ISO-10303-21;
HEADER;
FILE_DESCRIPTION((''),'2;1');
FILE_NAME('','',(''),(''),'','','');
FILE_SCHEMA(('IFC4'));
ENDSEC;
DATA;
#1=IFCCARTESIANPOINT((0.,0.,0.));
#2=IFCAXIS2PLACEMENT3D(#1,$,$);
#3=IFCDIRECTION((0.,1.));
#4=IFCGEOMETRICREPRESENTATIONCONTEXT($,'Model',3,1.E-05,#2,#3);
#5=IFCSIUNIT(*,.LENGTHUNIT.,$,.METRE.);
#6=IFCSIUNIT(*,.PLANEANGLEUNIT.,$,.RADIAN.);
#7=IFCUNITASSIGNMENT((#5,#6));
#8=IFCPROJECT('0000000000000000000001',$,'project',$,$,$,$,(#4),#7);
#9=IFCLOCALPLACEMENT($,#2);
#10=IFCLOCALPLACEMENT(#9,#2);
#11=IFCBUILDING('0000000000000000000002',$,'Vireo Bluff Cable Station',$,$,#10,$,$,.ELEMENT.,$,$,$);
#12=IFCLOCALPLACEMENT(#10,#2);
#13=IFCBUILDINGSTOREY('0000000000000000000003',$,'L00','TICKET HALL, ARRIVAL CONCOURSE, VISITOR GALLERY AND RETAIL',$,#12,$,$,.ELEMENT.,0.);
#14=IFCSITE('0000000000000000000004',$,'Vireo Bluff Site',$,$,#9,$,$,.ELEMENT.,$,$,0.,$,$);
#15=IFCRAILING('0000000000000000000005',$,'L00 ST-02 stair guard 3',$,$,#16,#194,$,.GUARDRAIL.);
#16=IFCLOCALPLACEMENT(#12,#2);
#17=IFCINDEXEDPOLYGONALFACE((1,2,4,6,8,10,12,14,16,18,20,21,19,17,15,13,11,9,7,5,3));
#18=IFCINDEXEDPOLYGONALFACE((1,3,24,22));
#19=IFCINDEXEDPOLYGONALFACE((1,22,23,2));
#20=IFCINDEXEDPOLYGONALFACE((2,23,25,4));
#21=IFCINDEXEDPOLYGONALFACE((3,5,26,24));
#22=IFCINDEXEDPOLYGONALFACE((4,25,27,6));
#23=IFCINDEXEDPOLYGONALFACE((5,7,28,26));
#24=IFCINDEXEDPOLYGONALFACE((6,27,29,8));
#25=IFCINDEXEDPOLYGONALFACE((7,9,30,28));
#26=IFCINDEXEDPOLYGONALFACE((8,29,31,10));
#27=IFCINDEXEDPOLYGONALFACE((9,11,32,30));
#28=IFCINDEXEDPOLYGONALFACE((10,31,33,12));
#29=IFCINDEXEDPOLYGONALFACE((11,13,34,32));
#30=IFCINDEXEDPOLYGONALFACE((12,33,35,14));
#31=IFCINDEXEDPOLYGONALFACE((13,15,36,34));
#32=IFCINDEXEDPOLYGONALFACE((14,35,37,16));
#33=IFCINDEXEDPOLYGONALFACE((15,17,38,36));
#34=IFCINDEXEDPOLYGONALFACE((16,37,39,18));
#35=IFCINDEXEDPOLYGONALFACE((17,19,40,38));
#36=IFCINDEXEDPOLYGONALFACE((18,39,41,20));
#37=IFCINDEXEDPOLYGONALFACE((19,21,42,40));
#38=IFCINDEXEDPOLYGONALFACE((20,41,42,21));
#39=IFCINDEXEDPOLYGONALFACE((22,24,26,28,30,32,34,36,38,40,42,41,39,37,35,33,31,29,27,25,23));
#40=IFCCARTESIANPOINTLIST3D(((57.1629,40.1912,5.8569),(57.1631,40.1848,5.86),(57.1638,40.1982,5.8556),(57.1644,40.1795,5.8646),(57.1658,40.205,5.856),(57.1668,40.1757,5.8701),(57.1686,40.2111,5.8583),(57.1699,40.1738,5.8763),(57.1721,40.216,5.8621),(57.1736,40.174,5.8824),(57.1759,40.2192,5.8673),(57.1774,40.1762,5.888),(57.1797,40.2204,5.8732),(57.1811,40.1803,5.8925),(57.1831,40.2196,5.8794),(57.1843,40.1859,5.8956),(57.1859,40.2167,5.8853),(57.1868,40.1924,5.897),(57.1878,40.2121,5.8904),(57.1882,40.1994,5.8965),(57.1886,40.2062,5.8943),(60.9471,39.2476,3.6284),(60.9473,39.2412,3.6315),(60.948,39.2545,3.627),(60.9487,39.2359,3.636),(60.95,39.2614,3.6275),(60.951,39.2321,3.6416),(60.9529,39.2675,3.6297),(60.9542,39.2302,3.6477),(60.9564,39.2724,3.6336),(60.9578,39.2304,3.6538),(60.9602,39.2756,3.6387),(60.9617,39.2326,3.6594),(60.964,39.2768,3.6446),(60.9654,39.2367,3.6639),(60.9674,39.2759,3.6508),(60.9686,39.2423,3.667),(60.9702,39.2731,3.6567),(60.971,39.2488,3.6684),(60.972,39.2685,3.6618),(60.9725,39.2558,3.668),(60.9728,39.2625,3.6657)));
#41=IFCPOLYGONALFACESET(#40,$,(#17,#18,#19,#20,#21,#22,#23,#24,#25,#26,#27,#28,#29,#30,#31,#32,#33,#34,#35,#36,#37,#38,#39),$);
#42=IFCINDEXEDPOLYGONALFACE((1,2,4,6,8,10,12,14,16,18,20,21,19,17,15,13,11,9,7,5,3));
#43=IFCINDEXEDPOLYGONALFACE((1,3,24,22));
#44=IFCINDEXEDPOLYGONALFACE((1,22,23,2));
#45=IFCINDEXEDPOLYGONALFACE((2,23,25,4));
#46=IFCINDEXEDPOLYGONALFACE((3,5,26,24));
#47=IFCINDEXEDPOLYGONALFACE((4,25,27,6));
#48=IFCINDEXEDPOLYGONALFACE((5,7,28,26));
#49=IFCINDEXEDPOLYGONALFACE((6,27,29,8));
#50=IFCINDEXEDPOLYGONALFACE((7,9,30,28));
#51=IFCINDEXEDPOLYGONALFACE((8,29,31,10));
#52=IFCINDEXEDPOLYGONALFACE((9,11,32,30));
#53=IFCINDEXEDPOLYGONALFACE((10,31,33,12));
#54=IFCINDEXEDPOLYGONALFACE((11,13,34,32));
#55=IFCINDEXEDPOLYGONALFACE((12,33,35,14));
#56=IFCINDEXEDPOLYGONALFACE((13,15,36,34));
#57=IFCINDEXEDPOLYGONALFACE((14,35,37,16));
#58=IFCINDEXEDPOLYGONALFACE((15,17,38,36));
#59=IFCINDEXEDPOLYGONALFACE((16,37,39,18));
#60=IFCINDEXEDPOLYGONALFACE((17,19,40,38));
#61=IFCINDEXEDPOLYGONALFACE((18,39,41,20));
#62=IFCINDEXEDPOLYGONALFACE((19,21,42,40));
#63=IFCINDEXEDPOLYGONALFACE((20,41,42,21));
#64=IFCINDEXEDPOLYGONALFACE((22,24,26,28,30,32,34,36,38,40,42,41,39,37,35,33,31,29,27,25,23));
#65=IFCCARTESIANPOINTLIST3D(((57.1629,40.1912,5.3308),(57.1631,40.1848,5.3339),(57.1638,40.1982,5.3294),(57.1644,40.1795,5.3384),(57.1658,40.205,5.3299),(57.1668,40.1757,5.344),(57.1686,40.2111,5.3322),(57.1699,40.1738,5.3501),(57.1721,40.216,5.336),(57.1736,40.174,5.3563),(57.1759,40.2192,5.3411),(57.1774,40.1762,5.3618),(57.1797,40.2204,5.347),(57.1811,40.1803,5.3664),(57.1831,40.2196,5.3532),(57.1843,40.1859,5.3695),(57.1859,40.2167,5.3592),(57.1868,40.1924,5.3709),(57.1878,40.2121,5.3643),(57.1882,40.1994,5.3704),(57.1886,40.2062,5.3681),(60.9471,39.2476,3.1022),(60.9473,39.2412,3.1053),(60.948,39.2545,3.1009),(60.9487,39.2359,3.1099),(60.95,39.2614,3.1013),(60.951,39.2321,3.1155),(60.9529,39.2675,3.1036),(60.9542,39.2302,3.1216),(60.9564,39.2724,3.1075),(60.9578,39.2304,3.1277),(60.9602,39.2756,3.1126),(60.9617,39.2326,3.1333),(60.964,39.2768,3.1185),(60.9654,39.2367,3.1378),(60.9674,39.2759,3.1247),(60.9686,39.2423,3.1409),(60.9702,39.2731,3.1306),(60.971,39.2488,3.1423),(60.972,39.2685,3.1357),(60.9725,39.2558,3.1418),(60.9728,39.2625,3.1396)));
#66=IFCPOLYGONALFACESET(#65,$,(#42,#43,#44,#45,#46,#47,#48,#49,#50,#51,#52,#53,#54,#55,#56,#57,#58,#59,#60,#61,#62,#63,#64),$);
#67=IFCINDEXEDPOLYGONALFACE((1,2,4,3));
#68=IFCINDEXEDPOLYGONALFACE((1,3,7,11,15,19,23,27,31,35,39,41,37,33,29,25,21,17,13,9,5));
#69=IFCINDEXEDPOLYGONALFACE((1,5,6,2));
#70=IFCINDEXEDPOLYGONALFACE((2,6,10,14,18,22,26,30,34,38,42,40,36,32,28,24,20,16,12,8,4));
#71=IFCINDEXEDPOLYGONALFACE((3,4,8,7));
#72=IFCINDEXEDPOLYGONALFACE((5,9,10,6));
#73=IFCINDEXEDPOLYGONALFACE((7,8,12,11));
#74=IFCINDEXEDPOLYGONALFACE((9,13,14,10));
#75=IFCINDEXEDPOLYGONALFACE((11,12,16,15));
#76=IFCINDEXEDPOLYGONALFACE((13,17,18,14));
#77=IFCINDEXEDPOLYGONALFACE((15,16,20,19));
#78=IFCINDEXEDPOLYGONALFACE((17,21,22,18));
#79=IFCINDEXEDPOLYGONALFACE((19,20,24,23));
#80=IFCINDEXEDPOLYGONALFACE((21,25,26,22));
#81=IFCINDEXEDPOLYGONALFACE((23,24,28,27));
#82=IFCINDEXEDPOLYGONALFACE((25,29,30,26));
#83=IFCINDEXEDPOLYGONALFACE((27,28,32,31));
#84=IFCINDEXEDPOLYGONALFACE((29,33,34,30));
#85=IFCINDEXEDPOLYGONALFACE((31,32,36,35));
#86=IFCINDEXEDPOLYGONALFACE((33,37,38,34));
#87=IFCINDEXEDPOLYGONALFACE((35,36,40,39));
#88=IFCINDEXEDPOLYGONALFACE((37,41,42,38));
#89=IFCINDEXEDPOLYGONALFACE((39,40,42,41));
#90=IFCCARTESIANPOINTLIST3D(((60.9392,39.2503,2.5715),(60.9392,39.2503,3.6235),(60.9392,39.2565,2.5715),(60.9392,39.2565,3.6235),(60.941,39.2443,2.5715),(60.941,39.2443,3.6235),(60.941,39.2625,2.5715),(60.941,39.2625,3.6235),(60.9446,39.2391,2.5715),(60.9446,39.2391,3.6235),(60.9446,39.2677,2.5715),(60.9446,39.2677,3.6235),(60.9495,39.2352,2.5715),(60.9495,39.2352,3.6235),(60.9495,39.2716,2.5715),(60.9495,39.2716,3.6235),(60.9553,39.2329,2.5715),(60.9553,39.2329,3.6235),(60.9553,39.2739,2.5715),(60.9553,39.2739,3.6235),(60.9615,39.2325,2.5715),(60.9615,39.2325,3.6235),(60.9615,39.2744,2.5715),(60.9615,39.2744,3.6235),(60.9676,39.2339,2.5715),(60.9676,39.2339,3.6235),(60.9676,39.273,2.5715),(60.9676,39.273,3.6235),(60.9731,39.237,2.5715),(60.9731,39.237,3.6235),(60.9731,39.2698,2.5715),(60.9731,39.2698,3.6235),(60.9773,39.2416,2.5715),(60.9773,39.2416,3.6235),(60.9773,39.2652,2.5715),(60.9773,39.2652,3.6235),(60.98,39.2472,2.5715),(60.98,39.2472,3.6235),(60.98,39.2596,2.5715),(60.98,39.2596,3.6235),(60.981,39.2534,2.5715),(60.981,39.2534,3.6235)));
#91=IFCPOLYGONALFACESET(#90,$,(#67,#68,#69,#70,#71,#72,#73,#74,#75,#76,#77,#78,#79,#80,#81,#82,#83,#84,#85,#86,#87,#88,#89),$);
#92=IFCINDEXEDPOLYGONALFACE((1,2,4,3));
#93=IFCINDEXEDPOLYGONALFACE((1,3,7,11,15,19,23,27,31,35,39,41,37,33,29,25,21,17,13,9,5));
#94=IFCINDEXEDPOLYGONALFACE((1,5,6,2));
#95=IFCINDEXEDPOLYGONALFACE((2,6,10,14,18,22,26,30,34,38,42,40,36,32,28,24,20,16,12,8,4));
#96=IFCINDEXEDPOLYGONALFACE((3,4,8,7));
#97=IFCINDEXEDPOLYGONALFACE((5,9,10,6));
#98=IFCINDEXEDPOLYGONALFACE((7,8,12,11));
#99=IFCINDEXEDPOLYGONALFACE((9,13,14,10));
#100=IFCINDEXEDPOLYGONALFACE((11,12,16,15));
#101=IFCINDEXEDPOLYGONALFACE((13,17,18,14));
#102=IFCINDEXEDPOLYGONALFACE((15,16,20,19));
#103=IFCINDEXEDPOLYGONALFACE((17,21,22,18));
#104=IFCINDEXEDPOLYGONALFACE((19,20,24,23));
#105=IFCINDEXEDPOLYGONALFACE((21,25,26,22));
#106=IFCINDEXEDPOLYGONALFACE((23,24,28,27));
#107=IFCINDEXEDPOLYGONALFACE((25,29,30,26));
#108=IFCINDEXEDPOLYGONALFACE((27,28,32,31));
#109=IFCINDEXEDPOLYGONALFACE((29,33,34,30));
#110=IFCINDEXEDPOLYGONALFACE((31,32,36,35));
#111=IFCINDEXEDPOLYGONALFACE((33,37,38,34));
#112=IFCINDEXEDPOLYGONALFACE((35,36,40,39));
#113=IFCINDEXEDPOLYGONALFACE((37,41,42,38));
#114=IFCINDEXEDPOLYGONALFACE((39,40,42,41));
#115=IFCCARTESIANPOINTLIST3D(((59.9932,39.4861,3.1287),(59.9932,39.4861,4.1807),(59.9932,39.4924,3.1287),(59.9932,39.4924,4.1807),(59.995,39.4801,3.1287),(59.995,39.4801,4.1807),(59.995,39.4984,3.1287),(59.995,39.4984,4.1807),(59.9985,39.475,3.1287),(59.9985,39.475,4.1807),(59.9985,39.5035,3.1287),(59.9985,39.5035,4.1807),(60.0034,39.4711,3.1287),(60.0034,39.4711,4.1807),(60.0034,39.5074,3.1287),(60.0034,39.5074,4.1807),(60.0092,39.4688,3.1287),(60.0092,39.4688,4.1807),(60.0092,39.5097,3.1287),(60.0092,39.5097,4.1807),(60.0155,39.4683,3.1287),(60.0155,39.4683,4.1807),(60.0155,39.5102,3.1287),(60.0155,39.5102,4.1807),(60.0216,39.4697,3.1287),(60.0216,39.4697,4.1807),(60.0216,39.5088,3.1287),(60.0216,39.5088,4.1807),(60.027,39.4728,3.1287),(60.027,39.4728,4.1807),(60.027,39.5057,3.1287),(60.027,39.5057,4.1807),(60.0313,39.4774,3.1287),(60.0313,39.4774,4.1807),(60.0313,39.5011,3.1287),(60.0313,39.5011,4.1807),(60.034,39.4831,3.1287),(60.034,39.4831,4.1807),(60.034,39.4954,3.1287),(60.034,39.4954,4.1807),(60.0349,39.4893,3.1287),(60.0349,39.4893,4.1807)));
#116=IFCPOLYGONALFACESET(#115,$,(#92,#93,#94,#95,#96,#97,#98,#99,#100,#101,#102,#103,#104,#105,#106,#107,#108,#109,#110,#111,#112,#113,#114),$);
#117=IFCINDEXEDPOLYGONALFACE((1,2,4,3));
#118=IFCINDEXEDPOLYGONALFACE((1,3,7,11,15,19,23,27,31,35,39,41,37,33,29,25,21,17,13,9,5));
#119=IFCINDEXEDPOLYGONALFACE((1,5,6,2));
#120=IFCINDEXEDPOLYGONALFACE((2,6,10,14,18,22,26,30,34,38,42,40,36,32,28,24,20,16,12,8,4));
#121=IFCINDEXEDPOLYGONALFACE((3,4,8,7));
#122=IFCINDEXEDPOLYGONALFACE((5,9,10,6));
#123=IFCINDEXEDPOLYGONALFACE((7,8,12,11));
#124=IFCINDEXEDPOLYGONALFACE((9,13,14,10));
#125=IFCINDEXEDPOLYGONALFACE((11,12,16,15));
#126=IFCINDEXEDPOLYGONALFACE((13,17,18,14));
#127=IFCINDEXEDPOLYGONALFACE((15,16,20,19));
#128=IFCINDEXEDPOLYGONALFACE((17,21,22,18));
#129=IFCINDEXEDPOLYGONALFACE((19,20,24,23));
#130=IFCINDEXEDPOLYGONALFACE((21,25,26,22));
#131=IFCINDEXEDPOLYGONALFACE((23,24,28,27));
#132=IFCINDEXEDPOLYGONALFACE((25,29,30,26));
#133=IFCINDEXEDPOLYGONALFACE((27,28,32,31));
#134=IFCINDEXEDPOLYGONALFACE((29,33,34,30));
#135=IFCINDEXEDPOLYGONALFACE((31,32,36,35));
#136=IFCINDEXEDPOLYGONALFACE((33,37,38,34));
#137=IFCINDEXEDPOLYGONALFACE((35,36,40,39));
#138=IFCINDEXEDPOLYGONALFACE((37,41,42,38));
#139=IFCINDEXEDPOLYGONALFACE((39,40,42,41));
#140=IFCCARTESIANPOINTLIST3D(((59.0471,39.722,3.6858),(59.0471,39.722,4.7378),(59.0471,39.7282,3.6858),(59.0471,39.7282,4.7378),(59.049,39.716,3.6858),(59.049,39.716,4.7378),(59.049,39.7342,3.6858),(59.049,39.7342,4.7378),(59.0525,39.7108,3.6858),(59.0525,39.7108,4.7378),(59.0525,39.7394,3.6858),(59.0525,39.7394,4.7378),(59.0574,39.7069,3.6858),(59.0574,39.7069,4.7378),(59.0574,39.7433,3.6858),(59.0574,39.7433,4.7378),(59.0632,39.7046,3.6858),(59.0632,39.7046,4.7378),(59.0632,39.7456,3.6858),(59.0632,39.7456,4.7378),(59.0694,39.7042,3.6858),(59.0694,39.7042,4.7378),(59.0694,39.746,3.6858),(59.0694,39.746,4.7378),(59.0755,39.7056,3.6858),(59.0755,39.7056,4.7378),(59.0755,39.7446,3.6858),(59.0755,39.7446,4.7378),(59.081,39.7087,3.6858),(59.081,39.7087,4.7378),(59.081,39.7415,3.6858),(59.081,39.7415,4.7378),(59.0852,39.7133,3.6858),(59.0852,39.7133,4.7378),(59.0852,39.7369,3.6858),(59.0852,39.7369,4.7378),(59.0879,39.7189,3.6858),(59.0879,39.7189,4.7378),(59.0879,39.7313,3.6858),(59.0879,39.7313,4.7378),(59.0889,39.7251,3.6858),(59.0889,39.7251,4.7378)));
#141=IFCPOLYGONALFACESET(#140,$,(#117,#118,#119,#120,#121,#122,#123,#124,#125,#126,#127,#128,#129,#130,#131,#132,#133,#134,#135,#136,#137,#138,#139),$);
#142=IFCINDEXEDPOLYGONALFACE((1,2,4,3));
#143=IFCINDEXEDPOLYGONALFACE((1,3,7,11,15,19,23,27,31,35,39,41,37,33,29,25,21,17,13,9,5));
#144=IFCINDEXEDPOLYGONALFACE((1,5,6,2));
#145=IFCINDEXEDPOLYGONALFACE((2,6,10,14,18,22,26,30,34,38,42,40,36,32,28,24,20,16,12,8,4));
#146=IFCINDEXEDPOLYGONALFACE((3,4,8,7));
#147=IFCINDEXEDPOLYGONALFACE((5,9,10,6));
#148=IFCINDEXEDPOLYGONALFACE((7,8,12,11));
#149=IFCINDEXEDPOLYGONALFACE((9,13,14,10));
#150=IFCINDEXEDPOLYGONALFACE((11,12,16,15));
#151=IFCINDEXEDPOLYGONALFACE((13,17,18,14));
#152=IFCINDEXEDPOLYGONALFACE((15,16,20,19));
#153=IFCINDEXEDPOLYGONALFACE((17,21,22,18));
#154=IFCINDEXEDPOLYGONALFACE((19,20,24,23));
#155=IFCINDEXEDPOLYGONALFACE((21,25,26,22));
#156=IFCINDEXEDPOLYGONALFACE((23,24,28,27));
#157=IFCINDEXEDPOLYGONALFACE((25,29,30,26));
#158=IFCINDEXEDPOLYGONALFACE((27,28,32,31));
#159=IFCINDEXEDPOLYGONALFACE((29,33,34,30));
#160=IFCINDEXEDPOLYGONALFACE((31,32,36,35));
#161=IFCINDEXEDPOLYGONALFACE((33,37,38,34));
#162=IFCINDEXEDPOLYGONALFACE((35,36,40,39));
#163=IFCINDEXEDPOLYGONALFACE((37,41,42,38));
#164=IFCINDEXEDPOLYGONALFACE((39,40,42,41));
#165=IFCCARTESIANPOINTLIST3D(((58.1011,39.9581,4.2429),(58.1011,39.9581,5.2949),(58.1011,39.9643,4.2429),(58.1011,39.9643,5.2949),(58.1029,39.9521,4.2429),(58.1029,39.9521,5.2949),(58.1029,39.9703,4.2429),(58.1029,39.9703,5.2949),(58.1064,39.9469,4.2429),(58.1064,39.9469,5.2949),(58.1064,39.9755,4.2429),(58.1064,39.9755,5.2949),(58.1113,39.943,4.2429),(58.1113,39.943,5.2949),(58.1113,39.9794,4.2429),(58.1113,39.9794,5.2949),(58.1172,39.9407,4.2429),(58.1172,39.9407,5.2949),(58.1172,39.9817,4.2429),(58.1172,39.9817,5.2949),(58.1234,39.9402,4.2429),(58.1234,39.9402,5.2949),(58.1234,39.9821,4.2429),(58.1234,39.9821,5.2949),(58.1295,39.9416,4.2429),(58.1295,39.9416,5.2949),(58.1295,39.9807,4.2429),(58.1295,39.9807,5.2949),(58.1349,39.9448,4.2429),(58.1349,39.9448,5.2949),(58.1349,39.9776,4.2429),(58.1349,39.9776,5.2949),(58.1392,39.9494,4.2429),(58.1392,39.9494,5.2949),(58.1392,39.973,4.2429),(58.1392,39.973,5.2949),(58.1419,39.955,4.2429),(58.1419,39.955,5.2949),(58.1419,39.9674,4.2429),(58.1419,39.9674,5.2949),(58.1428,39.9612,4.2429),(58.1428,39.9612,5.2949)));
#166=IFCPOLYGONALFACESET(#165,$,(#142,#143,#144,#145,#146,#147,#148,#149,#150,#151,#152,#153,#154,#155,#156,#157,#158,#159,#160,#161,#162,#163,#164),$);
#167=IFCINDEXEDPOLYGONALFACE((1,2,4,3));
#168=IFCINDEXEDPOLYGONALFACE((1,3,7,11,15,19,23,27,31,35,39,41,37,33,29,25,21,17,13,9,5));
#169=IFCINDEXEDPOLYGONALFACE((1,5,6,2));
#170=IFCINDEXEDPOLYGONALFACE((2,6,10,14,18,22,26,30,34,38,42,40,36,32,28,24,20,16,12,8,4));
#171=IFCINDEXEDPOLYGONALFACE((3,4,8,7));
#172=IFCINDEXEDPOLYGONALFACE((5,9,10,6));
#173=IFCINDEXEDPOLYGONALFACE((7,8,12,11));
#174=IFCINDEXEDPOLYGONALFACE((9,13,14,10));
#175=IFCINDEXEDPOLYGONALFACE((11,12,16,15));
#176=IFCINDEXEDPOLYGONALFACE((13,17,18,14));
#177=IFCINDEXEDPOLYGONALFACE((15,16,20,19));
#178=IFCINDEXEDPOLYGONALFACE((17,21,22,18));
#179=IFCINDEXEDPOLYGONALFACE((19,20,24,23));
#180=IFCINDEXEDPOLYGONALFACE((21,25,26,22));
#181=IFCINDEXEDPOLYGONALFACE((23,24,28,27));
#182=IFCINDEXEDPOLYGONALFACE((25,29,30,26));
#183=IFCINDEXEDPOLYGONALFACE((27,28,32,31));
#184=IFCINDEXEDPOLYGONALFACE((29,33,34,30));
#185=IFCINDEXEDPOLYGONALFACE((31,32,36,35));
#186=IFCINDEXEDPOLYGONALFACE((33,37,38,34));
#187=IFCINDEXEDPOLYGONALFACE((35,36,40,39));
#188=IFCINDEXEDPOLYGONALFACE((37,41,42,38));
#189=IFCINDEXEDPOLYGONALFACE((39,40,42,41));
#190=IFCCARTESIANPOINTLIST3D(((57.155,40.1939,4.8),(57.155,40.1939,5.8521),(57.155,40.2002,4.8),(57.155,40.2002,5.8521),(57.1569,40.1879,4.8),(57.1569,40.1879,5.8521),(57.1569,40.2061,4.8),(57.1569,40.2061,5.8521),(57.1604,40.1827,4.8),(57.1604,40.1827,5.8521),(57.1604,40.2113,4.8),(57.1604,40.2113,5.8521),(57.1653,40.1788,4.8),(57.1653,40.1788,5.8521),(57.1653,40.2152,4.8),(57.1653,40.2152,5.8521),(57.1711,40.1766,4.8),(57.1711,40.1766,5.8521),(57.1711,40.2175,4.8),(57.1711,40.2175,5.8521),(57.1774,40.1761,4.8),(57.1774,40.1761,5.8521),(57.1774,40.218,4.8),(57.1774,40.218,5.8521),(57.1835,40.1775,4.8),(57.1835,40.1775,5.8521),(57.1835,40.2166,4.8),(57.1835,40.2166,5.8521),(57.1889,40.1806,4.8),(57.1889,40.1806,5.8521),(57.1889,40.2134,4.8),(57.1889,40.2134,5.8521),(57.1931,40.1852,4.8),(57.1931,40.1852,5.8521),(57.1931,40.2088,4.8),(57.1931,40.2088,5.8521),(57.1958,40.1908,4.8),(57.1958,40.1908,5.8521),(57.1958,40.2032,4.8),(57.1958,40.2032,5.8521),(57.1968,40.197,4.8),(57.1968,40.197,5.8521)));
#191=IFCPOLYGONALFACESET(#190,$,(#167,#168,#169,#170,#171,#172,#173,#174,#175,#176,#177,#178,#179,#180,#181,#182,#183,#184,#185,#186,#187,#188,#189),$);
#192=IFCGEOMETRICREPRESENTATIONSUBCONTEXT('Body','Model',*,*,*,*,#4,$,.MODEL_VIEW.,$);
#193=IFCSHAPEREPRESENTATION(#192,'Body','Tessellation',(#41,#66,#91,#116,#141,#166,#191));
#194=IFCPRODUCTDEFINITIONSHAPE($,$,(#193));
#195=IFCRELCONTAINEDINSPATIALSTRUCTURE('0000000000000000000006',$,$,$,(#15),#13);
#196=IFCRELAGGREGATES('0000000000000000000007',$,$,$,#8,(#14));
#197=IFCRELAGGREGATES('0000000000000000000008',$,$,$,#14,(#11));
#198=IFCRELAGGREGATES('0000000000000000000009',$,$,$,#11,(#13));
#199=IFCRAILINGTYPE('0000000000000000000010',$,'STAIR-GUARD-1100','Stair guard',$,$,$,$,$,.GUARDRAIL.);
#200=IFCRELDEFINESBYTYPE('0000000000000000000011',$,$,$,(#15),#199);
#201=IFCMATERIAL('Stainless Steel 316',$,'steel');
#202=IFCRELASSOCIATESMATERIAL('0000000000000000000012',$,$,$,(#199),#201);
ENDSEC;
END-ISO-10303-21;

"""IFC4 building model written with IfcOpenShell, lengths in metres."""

from ifc_helpers import new_model, si_unit, direction, frame, origin, origin_2d, place, context, subcontext, project, spatial, circle, extrude, material, type_object, element, save


model = new_model("IFC4")

# Units and contexts
model_context = context("Model", 3, precision=1e-05, world=origin(), true_north=direction((0.0, 1.0)))
body_context = subcontext(model_context, "Body", "Model", "MODEL_VIEW")
ifc_project = project(units=[si_unit("LENGTHUNIT", "METRE"), si_unit("PLANEANGLEUNIT", "RADIAN")], contexts=[model_context])

# Site, building, storey
site_placement = place(None, origin())
site = spatial("IfcSite", under=ifc_project, at=site_placement, Name="Vireo Bluff Site", CompositionType="ELEMENT", RefElevation=0.0)
building_placement = place(site_placement, origin())
building = spatial("IfcBuilding", under=site, at=building_placement, Name="Vireo Bluff Cable Station", CompositionType="ELEMENT")
storey_placement = place(building_placement, origin())
storey = spatial("IfcBuildingStorey", under=building, at=storey_placement, Name="L00", Description="TICKET HALL, ARRIVAL CONCOURSE, VISITOR GALLERY AND RETAIL", CompositionType="ELEMENT", Elevation=0.0)

# Railing
ifc_material_1 = material(Name="Stainless Steel 316", Category="steel")
railing_type_1 = type_object("IfcRailingType", Name="STAIR-GUARD-1100", Description="Stair guard", PredefinedType="GUARDRAIL", material=ifc_material_1)
railing_1_placement = place(storey_placement, frame((60.96, 39.2534, 2.5715)))
element("IfcRailing", 1, at=railing_1_placement, inside=storey, type_object=railing_type_1, Name="L00 ST-02 stair guard 3", PredefinedType="GUARDRAIL", context=body_context, shape_type="SweptSolid", body=[
    extrude(circle(Radius=0.0239, at=origin_2d()), frame((0.0, 0.0, 1.0762), z_axis=(-0.842455, 0.21007, 0.496125), x_axis=(-0.241946, -0.97029, 0.0)), (0.0, 0.0, 1.0), 4.4919),
    extrude(circle(Radius=0.0239, at=origin_2d()), frame((0.0, 0.0, 0.55), z_axis=(-0.842455, 0.21007, 0.496125), x_axis=(-0.241946, -0.97029, 0.0)), (0.0, 0.0, 1.0), 4.4919),
    extrude(circle(Radius=0.021, at=origin_2d()), origin(), (0.0, 0.0, 1.0), 1.052),
    extrude(circle(Radius=0.021, at=origin_2d()), frame((-0.946, 0.2358, 0.5571)), (0.0, 0.0, 1.0), 1.052),
    extrude(circle(Radius=0.021, at=origin_2d()), frame((-1.8921, 0.4717, 1.1143)), (0.0, 0.0, 1.0), 1.052),
    extrude(circle(Radius=0.021, at=origin_2d()), frame((-2.8381, 0.7078, 1.6714)), (0.0, 0.0, 1.0), 1.052),
    extrude(circle(Radius=0.021, at=origin_2d()), frame((-3.7842, 0.9436, 2.2285)), (0.0, 0.0, 1.0), 1.052),
])

save(model, "model.ifc")
